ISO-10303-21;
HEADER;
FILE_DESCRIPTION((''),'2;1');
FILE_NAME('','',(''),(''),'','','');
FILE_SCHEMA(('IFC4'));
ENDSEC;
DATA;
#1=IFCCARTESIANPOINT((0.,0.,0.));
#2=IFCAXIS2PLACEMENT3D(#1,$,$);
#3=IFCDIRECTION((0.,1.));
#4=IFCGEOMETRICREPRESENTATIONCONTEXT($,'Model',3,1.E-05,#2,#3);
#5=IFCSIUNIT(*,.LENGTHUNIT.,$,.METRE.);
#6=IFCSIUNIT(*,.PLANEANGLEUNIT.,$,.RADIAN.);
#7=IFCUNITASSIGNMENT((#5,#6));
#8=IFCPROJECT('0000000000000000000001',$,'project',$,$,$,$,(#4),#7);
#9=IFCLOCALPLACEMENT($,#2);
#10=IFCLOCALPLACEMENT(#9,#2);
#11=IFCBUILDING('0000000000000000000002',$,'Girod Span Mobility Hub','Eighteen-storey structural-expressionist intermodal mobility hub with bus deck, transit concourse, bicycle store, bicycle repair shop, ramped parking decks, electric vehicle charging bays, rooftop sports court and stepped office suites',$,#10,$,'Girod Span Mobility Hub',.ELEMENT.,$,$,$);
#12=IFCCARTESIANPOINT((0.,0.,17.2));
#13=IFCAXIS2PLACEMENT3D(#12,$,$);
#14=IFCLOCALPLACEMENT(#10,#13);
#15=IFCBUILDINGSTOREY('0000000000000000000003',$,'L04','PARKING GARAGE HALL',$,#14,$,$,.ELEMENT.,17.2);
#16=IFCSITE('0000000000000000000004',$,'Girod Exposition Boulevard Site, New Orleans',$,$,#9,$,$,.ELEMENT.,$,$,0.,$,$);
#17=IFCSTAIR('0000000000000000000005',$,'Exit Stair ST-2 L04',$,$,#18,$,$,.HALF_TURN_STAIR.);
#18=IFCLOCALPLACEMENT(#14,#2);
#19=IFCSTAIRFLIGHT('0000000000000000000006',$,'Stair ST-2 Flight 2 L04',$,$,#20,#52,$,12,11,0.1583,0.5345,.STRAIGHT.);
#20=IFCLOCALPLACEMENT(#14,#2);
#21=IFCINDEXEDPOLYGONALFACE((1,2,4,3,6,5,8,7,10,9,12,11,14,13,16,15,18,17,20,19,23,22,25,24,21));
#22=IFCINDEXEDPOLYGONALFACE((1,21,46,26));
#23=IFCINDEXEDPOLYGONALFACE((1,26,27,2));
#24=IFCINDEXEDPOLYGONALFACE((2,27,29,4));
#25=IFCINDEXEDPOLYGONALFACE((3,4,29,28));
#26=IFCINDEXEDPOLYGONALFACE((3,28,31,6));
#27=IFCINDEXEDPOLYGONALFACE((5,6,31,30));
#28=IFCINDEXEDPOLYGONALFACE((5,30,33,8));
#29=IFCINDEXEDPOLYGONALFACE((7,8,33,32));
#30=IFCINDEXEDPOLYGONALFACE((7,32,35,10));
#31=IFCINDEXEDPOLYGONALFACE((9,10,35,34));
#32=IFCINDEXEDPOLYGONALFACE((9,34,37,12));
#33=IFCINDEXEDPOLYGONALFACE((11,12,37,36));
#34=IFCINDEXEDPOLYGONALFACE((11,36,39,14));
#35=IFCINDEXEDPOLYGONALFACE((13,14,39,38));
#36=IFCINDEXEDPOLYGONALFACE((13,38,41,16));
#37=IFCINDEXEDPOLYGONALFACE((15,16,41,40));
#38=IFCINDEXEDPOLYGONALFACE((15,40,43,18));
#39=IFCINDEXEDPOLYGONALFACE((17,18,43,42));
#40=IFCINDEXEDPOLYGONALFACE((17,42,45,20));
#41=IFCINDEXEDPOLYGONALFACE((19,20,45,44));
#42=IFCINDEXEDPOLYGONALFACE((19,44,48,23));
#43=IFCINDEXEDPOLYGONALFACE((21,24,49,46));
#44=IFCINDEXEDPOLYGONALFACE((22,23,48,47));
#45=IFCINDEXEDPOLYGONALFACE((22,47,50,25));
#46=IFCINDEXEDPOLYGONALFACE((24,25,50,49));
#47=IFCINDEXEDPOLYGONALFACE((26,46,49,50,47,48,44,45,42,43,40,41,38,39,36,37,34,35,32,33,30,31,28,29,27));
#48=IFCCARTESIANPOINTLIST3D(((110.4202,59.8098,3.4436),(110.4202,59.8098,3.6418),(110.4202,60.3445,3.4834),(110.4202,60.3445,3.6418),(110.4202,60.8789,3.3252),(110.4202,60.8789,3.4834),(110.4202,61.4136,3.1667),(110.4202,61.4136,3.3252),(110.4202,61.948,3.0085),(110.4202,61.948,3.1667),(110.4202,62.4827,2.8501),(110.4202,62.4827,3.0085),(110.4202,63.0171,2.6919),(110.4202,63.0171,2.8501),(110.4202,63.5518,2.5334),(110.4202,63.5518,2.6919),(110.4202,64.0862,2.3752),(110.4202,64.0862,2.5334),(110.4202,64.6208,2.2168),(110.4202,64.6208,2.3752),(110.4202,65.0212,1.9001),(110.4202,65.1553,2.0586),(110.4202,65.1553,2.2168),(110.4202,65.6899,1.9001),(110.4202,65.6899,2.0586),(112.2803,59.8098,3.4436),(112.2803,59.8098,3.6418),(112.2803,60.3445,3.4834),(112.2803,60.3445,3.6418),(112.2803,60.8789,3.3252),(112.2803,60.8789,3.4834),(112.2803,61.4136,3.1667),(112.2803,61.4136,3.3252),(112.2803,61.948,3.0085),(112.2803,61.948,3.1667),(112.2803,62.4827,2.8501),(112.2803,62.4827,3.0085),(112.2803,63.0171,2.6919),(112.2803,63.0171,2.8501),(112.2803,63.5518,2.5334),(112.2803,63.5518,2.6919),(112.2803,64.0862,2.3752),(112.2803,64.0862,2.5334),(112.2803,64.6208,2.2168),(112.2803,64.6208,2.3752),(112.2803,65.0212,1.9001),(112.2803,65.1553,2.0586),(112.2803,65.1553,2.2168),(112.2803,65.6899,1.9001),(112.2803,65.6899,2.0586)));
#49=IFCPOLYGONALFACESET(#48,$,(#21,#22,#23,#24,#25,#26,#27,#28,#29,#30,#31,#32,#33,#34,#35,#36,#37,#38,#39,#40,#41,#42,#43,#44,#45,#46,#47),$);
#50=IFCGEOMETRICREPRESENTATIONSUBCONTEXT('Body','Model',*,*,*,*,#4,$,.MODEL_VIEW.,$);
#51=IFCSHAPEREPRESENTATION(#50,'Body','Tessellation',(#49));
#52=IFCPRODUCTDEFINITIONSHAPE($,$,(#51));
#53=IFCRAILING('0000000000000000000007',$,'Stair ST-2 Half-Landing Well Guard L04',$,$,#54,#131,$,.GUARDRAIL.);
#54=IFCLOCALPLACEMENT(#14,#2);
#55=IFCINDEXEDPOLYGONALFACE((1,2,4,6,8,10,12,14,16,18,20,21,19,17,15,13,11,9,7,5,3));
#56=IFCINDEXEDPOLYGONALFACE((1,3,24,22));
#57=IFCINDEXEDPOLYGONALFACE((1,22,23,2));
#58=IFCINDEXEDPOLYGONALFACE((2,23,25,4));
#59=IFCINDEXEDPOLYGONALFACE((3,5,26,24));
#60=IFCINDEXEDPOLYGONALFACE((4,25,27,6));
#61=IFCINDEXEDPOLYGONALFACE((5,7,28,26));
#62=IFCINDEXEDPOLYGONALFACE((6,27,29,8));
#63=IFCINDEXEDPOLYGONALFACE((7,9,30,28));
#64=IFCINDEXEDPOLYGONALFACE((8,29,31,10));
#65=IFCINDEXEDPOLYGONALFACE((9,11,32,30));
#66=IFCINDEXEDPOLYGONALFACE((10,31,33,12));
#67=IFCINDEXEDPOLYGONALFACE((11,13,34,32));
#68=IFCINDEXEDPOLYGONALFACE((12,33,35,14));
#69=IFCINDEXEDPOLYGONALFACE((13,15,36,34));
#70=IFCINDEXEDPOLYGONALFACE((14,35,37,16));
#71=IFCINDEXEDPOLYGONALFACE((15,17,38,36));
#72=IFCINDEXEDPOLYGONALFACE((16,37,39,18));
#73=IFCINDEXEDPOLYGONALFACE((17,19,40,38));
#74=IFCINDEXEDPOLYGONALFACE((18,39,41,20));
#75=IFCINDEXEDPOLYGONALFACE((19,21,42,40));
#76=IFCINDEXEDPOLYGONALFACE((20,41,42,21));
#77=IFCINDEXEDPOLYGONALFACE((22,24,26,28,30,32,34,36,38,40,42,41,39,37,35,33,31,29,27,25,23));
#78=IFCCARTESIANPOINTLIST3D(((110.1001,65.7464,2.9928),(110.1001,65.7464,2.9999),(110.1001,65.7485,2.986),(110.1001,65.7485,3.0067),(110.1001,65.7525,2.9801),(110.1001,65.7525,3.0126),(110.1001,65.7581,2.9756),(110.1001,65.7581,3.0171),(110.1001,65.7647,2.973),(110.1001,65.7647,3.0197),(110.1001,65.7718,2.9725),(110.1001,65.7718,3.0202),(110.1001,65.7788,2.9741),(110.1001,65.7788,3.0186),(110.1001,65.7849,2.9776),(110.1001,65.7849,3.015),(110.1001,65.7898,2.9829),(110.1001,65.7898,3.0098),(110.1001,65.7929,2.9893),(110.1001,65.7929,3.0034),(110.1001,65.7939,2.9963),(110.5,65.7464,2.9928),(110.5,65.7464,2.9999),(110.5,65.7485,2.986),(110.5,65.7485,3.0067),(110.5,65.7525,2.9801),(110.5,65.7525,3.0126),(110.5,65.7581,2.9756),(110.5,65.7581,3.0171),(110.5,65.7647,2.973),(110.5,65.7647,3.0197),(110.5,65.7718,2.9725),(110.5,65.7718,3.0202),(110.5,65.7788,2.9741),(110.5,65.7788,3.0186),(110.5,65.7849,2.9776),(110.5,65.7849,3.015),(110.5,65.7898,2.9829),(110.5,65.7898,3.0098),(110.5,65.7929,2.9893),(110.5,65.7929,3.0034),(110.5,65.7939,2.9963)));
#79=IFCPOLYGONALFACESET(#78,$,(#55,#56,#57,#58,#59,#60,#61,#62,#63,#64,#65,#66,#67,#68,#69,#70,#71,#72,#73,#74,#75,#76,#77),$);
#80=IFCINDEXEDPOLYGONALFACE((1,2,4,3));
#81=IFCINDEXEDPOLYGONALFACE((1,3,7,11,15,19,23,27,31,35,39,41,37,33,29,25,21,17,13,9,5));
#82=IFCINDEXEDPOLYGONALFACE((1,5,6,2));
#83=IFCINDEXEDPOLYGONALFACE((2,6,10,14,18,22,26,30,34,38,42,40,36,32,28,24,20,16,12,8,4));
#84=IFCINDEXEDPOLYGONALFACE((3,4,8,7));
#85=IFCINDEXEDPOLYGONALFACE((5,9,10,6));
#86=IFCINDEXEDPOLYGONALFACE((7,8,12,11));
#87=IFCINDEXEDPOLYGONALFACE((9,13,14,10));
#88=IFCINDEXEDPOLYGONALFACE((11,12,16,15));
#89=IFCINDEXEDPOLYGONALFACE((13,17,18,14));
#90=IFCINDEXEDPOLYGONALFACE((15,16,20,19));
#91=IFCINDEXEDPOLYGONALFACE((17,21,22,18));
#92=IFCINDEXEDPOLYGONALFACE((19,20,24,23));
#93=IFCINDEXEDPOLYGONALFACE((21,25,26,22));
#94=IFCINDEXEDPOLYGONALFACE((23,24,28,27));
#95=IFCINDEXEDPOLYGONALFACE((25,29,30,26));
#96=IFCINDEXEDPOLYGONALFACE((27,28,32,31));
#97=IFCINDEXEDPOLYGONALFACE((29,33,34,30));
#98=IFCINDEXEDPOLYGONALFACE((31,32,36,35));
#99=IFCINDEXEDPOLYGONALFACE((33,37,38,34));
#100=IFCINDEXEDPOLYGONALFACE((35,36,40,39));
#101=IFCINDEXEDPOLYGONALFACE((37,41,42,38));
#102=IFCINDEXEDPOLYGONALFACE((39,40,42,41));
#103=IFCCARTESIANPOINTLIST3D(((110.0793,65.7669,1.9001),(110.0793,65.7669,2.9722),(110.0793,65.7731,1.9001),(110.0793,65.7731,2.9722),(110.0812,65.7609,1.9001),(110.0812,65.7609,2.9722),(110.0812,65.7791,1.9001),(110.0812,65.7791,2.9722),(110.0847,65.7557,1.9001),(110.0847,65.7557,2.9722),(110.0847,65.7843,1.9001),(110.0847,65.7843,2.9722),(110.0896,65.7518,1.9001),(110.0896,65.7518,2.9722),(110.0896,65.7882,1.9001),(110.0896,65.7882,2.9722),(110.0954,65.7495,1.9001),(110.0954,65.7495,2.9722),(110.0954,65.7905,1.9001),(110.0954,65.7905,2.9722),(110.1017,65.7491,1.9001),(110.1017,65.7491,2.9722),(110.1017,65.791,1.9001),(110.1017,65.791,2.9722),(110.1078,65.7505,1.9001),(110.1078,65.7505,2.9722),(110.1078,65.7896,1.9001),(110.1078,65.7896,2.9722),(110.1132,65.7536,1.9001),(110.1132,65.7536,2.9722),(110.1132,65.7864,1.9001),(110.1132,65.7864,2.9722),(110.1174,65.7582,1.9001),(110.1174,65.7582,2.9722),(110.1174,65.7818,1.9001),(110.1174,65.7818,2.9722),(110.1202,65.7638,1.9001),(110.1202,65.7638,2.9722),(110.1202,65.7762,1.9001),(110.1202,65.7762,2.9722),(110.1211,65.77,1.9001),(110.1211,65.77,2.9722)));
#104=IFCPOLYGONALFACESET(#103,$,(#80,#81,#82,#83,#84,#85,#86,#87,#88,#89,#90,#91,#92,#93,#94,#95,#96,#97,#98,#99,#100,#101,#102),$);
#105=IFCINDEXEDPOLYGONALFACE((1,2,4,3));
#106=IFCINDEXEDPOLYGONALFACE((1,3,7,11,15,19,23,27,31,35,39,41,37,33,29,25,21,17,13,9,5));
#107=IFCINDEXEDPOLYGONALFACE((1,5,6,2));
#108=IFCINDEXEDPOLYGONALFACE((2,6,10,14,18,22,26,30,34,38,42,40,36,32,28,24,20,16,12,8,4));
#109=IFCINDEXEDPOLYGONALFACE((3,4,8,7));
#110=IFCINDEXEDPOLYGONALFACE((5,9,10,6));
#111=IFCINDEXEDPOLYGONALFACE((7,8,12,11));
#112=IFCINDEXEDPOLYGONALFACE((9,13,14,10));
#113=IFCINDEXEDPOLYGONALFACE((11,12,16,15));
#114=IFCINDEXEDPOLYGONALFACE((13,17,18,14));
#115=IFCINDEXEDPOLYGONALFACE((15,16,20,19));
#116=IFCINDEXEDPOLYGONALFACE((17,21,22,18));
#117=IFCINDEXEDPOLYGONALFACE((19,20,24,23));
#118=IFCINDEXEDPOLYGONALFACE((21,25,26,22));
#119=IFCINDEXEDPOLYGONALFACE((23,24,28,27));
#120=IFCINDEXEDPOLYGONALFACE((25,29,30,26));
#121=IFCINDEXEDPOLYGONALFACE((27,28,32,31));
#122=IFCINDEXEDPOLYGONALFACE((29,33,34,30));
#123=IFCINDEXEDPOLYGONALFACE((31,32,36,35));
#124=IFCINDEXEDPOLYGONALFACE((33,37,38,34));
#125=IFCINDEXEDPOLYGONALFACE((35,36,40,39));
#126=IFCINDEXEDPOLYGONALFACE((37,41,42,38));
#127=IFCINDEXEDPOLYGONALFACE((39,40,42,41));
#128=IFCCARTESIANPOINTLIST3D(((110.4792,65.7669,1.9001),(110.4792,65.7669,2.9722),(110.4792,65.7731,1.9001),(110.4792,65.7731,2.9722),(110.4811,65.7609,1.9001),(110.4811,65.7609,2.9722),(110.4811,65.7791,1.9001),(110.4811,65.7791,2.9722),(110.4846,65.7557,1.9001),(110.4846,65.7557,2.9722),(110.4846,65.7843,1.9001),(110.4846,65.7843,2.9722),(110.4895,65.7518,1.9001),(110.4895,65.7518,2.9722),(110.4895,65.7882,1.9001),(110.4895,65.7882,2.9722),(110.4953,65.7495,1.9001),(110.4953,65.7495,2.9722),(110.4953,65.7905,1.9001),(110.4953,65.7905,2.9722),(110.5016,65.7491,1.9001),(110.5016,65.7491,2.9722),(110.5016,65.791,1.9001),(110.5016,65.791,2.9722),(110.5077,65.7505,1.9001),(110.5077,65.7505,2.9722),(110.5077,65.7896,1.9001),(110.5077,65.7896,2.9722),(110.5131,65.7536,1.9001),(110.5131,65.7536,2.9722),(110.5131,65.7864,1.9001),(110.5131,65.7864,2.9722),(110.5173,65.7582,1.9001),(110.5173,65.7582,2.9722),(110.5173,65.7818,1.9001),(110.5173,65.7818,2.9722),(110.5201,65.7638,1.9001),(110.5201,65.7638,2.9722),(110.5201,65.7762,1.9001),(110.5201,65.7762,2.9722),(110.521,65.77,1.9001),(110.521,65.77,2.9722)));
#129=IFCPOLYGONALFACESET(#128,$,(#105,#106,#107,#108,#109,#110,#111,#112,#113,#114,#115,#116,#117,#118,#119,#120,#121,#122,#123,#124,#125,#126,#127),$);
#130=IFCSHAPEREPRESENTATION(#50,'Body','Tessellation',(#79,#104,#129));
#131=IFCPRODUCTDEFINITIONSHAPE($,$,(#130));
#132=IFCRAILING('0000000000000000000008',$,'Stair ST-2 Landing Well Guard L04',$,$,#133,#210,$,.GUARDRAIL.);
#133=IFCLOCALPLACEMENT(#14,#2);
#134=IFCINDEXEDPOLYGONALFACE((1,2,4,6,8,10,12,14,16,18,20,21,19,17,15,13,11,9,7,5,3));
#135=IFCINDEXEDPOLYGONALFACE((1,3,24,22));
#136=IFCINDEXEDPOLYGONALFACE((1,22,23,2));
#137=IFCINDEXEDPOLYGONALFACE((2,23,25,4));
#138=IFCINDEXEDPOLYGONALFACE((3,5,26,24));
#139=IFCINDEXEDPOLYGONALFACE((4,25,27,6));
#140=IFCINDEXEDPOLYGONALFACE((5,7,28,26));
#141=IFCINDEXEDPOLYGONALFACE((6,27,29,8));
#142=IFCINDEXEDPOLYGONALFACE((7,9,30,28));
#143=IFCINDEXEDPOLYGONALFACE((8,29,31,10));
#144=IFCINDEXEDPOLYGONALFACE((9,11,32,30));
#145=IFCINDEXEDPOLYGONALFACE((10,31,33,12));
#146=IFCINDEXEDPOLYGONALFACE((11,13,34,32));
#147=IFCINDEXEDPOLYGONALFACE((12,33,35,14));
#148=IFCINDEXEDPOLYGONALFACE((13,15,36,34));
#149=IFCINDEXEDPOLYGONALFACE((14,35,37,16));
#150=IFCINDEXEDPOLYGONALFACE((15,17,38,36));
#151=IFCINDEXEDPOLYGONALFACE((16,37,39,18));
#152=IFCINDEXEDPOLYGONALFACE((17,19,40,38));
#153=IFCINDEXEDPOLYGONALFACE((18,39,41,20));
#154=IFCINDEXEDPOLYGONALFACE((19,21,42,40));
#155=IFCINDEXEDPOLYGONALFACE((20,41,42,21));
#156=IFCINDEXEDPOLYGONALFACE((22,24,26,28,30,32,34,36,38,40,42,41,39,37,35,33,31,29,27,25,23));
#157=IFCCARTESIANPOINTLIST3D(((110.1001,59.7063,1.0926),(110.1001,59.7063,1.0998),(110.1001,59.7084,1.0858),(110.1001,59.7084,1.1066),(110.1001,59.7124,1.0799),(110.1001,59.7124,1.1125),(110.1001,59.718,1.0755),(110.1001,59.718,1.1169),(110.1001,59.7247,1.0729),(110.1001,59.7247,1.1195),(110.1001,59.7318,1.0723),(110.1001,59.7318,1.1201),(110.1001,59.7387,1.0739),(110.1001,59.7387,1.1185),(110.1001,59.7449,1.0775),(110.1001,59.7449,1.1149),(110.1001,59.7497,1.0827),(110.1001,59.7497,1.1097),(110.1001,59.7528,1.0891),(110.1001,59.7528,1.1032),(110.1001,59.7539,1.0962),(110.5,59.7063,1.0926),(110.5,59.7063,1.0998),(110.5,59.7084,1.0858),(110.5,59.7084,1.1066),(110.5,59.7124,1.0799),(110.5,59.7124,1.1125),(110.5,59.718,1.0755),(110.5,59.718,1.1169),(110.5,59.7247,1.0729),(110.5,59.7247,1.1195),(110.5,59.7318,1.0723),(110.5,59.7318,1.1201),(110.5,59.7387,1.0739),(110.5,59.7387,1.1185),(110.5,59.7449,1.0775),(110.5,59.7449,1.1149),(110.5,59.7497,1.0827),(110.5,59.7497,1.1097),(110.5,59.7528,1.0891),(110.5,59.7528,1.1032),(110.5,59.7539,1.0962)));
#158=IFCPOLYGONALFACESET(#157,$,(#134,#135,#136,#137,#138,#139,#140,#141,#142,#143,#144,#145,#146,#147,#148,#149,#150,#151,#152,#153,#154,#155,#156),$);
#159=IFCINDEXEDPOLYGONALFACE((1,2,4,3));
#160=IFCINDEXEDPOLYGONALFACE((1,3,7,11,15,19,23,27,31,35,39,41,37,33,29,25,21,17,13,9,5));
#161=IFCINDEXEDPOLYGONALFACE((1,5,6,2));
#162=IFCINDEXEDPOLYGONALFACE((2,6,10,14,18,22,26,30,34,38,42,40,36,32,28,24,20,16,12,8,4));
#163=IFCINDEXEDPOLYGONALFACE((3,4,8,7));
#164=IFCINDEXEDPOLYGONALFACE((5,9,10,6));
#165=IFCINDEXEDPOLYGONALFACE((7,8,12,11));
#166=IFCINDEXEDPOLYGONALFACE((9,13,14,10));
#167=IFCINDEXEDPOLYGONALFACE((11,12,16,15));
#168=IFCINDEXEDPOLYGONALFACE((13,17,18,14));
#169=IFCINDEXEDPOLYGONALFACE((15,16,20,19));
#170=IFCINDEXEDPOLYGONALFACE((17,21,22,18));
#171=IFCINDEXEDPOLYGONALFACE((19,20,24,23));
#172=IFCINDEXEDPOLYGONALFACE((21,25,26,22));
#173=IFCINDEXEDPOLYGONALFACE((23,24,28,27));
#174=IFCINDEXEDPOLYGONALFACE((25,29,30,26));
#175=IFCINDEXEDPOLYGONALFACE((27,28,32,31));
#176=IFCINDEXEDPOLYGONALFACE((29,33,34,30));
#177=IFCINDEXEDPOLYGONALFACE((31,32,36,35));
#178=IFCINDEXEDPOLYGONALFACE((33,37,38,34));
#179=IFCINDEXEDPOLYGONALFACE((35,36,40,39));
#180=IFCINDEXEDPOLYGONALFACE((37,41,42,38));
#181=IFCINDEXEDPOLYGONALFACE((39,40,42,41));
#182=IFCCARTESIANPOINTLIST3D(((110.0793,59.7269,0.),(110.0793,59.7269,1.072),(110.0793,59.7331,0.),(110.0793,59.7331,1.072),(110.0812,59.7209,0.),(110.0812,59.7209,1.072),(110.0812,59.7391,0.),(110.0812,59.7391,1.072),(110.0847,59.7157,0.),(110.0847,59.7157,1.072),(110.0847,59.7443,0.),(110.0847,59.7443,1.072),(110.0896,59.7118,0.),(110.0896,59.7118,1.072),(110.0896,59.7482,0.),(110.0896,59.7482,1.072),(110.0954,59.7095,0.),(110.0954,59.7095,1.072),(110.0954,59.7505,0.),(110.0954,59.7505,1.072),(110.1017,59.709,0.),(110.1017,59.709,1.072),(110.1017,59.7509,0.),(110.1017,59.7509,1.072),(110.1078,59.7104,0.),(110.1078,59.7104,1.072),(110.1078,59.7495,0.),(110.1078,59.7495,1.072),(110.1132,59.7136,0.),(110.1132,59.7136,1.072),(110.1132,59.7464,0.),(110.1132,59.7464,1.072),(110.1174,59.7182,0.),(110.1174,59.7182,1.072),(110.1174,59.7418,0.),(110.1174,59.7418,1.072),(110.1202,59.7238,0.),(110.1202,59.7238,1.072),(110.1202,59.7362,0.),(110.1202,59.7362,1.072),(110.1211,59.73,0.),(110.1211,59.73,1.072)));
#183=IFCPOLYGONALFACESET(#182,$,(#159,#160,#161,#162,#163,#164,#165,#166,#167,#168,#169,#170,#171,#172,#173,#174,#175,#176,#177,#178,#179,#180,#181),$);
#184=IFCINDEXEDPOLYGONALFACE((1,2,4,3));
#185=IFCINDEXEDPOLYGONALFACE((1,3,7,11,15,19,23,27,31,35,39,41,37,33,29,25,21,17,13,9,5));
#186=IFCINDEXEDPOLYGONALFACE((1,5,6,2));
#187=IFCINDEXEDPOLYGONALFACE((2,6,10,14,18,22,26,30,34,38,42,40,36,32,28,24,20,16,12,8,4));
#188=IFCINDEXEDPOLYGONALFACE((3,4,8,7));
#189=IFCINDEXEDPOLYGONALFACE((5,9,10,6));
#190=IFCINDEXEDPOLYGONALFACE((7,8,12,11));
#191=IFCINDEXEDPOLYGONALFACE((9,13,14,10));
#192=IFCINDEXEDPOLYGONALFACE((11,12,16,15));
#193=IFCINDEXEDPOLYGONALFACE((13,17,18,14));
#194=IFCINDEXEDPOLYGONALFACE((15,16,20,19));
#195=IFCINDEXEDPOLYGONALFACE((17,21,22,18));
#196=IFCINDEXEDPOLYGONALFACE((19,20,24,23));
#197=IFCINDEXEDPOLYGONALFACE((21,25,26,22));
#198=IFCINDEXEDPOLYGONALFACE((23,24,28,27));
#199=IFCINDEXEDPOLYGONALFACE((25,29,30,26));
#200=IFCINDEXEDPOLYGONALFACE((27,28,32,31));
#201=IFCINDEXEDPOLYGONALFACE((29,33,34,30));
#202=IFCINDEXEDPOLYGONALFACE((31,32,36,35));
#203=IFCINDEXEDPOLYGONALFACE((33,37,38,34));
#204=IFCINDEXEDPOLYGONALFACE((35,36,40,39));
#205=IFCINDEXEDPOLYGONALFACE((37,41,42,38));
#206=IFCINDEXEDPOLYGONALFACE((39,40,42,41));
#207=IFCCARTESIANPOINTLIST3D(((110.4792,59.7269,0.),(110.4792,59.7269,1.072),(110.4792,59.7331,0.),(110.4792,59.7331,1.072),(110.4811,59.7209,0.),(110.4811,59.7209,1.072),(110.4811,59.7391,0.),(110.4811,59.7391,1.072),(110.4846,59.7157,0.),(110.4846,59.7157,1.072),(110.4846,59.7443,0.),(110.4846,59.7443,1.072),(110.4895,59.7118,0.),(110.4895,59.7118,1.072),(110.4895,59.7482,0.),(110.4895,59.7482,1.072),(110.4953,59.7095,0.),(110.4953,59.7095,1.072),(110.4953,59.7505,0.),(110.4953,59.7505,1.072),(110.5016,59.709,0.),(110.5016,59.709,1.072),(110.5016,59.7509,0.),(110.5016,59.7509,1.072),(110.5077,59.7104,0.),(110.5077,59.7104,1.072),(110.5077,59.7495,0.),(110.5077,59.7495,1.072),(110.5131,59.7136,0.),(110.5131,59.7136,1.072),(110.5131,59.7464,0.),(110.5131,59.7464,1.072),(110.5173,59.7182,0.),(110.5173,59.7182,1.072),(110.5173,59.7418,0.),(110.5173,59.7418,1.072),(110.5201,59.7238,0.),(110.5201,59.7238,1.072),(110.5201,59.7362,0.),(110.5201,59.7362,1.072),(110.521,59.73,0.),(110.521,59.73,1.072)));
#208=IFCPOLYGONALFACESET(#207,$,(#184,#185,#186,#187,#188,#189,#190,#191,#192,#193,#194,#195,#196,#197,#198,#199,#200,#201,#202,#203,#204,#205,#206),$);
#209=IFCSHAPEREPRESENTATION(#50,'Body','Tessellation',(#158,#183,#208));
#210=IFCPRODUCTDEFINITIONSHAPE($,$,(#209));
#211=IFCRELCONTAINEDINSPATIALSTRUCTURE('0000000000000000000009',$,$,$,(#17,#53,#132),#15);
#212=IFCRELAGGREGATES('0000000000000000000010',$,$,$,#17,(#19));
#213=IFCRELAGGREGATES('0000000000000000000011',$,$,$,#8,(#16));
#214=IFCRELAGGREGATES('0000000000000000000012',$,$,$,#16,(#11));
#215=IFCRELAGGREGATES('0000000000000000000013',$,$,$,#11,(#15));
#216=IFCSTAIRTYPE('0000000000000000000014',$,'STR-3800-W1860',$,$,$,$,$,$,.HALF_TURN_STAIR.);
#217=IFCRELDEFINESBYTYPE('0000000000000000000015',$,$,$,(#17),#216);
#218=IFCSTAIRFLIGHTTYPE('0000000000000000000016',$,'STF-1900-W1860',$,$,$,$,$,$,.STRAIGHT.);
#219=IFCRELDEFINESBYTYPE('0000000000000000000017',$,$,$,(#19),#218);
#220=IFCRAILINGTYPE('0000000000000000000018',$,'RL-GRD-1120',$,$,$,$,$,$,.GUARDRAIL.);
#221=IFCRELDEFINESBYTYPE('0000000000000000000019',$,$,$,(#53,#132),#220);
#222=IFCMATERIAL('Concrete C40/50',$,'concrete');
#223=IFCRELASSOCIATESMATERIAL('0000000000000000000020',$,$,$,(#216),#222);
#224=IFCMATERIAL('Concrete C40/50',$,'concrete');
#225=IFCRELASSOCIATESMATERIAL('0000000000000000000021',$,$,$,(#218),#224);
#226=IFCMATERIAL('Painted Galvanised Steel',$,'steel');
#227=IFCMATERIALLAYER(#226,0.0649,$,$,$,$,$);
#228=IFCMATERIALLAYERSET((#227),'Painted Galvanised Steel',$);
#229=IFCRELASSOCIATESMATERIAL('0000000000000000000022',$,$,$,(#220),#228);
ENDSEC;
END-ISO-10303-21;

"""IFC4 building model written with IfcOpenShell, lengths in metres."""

from ifc_helpers import new_model, si_unit, direction, frame, origin, origin_2d, place, context, subcontext, project, spatial, polyline, circle, outline, extrude, material, layer, layer_set, type_object, element, aggregate, save


model = new_model("IFC4")

# Units and contexts
model_context = context("Model", 3, precision=1e-05, world=origin(), true_north=direction((0.0, 1.0)))
body_context = subcontext(model_context, "Body", "Model", "MODEL_VIEW")
ifc_project = project(units=[si_unit("LENGTHUNIT", "METRE"), si_unit("PLANEANGLEUNIT", "RADIAN")], contexts=[model_context])

# Site, building, storey
site_placement = place(None, origin())
site = spatial("IfcSite", under=ifc_project, at=site_placement, Name="Girod Exposition Boulevard Site, New Orleans", CompositionType="ELEMENT", RefElevation=0.0)
building_placement = place(site_placement, origin())
building = spatial("IfcBuilding", under=site, at=building_placement, Name="Girod Span Mobility Hub", Description="Eighteen-storey structural-expressionist intermodal mobility hub with bus deck, transit concourse, bicycle store, bicycle repair shop, ramped parking decks, electric vehicle charging bays, rooftop sports court and stepped office suites", LongName="Girod Span Mobility Hub", CompositionType="ELEMENT")
storey_placement = place(building_placement, frame((0.0, 0.0, 17.2)))
storey = spatial("IfcBuildingStorey", under=building, at=storey_placement, Name="L04", Description="PARKING GARAGE HALL", CompositionType="ELEMENT", Elevation=17.2)

# Stair, stair flight
ifc_material_1 = material(Name="Concrete C40/50", Category="concrete")
stair_type = type_object("IfcStairType", Name="STR-3800-W1860", PredefinedType="HALF_TURN_STAIR", material=ifc_material_1)
stair_placement = place(storey_placement, origin())
stair = element("IfcStair", 1, at=stair_placement, inside=storey, type_object=stair_type, Name="Exit Stair ST-2 L04", PredefinedType="HALF_TURN_STAIR")
ifc_material_2 = material(Name="Concrete C40/50", Category="concrete")
stair_flight_type = type_object("IfcStairFlightType", Name="STF-1900-W1860", PredefinedType="STRAIGHT", material=ifc_material_2)
stair_flight_1_placement = place(storey_placement, frame((111.3501, 65.6899, 1.9001), z_axis=(0.0, 0.0, 1.0), x_axis=(0.0, -1.0, 0.0)))
stair_flight_1 = element("IfcStairFlight", 2, at=stair_flight_1_placement, type_object=stair_flight_type, Name="Stair ST-2 Flight 2 L04", NumberOfRisers=12, NumberOfTreads=11, PredefinedType="STRAIGHT", RiserHeight=0.1583, TreadLength=0.5345, context=body_context, shape_type="SweptSolid", body=[
    extrude(outline(polyline([(0.0, 0.0), (0.0, 0.1584), (0.5347, 0.1584), (0.5347, 0.3167), (1.0691, 0.3167), (1.0691, 0.4751), (1.6038, 0.4751), (1.6038, 0.6333), (2.1382, 0.6333), (2.1382, 0.7917), (2.6729, 0.7917), (2.6729, 0.95), (3.2073, 0.95), (3.2073, 1.1084), (3.7419, 1.1084), (3.7419, 1.2666), (4.2764, 1.2666), (4.2764, 1.425), (4.811, 1.425), (4.811, 1.5833), (5.3455, 1.5833), (5.3455, 1.7417), (5.8801, 1.7417), (5.8801, 1.8999), (5.8801, 1.5435), (0.6687, 0.0), (0.0, 0.0)])), frame((0.0, 0.9302, 0.0), z_axis=(0.0, -1.0, 0.0), x_axis=(1.0, 0.0, 0.0)), (0.0, 0.0, 1.0), 1.8601),
])
aggregate(stair, [stair_flight_1])

# Railings
ifc_material_3 = material(Name="Painted Galvanised Steel", Category="steel")
ifc_layer_1 = layer(ifc_material_3, 0.0649)
ifc_layer_set_1 = layer_set([ifc_layer_1], Name="Painted Galvanised Steel")
railing_type_1 = type_object("IfcRailingType", Name="RL-GRD-1120", PredefinedType="GUARDRAIL", material=ifc_layer_set_1)
for number, where, name in (
    (3, (110.1001, 65.77, 1.9001), "Stair ST-2 Half-Landing Well Guard L04"),
    (4, (110.1001, 59.73, 0.0), "Stair ST-2 Landing Well Guard L04"),
):
    element("IfcRailing", number, at=place(storey_placement, frame(where)), inside=storey, type_object=railing_type_1, Name=name, PredefinedType="GUARDRAIL", context=body_context, shape_type="SweptSolid", body=[
        extrude(circle(Radius=0.0239, at=origin_2d()), frame((0.0, 0.0, 1.0962), z_axis=(1.0, 0.0, 0.0), x_axis=(0.0, 1.0, 0.0)), (0.0, 0.0, 1.0), 0.3999),
        extrude(circle(Radius=0.021, at=origin_2d()), origin(), (0.0, 0.0, 1.0), 1.072),
        extrude(circle(Radius=0.021, at=origin_2d()), frame((0.3999, 0.0, 0.0)), (0.0, 0.0, 1.0), 1.072),
    ])

save(model, "model.ifc")
